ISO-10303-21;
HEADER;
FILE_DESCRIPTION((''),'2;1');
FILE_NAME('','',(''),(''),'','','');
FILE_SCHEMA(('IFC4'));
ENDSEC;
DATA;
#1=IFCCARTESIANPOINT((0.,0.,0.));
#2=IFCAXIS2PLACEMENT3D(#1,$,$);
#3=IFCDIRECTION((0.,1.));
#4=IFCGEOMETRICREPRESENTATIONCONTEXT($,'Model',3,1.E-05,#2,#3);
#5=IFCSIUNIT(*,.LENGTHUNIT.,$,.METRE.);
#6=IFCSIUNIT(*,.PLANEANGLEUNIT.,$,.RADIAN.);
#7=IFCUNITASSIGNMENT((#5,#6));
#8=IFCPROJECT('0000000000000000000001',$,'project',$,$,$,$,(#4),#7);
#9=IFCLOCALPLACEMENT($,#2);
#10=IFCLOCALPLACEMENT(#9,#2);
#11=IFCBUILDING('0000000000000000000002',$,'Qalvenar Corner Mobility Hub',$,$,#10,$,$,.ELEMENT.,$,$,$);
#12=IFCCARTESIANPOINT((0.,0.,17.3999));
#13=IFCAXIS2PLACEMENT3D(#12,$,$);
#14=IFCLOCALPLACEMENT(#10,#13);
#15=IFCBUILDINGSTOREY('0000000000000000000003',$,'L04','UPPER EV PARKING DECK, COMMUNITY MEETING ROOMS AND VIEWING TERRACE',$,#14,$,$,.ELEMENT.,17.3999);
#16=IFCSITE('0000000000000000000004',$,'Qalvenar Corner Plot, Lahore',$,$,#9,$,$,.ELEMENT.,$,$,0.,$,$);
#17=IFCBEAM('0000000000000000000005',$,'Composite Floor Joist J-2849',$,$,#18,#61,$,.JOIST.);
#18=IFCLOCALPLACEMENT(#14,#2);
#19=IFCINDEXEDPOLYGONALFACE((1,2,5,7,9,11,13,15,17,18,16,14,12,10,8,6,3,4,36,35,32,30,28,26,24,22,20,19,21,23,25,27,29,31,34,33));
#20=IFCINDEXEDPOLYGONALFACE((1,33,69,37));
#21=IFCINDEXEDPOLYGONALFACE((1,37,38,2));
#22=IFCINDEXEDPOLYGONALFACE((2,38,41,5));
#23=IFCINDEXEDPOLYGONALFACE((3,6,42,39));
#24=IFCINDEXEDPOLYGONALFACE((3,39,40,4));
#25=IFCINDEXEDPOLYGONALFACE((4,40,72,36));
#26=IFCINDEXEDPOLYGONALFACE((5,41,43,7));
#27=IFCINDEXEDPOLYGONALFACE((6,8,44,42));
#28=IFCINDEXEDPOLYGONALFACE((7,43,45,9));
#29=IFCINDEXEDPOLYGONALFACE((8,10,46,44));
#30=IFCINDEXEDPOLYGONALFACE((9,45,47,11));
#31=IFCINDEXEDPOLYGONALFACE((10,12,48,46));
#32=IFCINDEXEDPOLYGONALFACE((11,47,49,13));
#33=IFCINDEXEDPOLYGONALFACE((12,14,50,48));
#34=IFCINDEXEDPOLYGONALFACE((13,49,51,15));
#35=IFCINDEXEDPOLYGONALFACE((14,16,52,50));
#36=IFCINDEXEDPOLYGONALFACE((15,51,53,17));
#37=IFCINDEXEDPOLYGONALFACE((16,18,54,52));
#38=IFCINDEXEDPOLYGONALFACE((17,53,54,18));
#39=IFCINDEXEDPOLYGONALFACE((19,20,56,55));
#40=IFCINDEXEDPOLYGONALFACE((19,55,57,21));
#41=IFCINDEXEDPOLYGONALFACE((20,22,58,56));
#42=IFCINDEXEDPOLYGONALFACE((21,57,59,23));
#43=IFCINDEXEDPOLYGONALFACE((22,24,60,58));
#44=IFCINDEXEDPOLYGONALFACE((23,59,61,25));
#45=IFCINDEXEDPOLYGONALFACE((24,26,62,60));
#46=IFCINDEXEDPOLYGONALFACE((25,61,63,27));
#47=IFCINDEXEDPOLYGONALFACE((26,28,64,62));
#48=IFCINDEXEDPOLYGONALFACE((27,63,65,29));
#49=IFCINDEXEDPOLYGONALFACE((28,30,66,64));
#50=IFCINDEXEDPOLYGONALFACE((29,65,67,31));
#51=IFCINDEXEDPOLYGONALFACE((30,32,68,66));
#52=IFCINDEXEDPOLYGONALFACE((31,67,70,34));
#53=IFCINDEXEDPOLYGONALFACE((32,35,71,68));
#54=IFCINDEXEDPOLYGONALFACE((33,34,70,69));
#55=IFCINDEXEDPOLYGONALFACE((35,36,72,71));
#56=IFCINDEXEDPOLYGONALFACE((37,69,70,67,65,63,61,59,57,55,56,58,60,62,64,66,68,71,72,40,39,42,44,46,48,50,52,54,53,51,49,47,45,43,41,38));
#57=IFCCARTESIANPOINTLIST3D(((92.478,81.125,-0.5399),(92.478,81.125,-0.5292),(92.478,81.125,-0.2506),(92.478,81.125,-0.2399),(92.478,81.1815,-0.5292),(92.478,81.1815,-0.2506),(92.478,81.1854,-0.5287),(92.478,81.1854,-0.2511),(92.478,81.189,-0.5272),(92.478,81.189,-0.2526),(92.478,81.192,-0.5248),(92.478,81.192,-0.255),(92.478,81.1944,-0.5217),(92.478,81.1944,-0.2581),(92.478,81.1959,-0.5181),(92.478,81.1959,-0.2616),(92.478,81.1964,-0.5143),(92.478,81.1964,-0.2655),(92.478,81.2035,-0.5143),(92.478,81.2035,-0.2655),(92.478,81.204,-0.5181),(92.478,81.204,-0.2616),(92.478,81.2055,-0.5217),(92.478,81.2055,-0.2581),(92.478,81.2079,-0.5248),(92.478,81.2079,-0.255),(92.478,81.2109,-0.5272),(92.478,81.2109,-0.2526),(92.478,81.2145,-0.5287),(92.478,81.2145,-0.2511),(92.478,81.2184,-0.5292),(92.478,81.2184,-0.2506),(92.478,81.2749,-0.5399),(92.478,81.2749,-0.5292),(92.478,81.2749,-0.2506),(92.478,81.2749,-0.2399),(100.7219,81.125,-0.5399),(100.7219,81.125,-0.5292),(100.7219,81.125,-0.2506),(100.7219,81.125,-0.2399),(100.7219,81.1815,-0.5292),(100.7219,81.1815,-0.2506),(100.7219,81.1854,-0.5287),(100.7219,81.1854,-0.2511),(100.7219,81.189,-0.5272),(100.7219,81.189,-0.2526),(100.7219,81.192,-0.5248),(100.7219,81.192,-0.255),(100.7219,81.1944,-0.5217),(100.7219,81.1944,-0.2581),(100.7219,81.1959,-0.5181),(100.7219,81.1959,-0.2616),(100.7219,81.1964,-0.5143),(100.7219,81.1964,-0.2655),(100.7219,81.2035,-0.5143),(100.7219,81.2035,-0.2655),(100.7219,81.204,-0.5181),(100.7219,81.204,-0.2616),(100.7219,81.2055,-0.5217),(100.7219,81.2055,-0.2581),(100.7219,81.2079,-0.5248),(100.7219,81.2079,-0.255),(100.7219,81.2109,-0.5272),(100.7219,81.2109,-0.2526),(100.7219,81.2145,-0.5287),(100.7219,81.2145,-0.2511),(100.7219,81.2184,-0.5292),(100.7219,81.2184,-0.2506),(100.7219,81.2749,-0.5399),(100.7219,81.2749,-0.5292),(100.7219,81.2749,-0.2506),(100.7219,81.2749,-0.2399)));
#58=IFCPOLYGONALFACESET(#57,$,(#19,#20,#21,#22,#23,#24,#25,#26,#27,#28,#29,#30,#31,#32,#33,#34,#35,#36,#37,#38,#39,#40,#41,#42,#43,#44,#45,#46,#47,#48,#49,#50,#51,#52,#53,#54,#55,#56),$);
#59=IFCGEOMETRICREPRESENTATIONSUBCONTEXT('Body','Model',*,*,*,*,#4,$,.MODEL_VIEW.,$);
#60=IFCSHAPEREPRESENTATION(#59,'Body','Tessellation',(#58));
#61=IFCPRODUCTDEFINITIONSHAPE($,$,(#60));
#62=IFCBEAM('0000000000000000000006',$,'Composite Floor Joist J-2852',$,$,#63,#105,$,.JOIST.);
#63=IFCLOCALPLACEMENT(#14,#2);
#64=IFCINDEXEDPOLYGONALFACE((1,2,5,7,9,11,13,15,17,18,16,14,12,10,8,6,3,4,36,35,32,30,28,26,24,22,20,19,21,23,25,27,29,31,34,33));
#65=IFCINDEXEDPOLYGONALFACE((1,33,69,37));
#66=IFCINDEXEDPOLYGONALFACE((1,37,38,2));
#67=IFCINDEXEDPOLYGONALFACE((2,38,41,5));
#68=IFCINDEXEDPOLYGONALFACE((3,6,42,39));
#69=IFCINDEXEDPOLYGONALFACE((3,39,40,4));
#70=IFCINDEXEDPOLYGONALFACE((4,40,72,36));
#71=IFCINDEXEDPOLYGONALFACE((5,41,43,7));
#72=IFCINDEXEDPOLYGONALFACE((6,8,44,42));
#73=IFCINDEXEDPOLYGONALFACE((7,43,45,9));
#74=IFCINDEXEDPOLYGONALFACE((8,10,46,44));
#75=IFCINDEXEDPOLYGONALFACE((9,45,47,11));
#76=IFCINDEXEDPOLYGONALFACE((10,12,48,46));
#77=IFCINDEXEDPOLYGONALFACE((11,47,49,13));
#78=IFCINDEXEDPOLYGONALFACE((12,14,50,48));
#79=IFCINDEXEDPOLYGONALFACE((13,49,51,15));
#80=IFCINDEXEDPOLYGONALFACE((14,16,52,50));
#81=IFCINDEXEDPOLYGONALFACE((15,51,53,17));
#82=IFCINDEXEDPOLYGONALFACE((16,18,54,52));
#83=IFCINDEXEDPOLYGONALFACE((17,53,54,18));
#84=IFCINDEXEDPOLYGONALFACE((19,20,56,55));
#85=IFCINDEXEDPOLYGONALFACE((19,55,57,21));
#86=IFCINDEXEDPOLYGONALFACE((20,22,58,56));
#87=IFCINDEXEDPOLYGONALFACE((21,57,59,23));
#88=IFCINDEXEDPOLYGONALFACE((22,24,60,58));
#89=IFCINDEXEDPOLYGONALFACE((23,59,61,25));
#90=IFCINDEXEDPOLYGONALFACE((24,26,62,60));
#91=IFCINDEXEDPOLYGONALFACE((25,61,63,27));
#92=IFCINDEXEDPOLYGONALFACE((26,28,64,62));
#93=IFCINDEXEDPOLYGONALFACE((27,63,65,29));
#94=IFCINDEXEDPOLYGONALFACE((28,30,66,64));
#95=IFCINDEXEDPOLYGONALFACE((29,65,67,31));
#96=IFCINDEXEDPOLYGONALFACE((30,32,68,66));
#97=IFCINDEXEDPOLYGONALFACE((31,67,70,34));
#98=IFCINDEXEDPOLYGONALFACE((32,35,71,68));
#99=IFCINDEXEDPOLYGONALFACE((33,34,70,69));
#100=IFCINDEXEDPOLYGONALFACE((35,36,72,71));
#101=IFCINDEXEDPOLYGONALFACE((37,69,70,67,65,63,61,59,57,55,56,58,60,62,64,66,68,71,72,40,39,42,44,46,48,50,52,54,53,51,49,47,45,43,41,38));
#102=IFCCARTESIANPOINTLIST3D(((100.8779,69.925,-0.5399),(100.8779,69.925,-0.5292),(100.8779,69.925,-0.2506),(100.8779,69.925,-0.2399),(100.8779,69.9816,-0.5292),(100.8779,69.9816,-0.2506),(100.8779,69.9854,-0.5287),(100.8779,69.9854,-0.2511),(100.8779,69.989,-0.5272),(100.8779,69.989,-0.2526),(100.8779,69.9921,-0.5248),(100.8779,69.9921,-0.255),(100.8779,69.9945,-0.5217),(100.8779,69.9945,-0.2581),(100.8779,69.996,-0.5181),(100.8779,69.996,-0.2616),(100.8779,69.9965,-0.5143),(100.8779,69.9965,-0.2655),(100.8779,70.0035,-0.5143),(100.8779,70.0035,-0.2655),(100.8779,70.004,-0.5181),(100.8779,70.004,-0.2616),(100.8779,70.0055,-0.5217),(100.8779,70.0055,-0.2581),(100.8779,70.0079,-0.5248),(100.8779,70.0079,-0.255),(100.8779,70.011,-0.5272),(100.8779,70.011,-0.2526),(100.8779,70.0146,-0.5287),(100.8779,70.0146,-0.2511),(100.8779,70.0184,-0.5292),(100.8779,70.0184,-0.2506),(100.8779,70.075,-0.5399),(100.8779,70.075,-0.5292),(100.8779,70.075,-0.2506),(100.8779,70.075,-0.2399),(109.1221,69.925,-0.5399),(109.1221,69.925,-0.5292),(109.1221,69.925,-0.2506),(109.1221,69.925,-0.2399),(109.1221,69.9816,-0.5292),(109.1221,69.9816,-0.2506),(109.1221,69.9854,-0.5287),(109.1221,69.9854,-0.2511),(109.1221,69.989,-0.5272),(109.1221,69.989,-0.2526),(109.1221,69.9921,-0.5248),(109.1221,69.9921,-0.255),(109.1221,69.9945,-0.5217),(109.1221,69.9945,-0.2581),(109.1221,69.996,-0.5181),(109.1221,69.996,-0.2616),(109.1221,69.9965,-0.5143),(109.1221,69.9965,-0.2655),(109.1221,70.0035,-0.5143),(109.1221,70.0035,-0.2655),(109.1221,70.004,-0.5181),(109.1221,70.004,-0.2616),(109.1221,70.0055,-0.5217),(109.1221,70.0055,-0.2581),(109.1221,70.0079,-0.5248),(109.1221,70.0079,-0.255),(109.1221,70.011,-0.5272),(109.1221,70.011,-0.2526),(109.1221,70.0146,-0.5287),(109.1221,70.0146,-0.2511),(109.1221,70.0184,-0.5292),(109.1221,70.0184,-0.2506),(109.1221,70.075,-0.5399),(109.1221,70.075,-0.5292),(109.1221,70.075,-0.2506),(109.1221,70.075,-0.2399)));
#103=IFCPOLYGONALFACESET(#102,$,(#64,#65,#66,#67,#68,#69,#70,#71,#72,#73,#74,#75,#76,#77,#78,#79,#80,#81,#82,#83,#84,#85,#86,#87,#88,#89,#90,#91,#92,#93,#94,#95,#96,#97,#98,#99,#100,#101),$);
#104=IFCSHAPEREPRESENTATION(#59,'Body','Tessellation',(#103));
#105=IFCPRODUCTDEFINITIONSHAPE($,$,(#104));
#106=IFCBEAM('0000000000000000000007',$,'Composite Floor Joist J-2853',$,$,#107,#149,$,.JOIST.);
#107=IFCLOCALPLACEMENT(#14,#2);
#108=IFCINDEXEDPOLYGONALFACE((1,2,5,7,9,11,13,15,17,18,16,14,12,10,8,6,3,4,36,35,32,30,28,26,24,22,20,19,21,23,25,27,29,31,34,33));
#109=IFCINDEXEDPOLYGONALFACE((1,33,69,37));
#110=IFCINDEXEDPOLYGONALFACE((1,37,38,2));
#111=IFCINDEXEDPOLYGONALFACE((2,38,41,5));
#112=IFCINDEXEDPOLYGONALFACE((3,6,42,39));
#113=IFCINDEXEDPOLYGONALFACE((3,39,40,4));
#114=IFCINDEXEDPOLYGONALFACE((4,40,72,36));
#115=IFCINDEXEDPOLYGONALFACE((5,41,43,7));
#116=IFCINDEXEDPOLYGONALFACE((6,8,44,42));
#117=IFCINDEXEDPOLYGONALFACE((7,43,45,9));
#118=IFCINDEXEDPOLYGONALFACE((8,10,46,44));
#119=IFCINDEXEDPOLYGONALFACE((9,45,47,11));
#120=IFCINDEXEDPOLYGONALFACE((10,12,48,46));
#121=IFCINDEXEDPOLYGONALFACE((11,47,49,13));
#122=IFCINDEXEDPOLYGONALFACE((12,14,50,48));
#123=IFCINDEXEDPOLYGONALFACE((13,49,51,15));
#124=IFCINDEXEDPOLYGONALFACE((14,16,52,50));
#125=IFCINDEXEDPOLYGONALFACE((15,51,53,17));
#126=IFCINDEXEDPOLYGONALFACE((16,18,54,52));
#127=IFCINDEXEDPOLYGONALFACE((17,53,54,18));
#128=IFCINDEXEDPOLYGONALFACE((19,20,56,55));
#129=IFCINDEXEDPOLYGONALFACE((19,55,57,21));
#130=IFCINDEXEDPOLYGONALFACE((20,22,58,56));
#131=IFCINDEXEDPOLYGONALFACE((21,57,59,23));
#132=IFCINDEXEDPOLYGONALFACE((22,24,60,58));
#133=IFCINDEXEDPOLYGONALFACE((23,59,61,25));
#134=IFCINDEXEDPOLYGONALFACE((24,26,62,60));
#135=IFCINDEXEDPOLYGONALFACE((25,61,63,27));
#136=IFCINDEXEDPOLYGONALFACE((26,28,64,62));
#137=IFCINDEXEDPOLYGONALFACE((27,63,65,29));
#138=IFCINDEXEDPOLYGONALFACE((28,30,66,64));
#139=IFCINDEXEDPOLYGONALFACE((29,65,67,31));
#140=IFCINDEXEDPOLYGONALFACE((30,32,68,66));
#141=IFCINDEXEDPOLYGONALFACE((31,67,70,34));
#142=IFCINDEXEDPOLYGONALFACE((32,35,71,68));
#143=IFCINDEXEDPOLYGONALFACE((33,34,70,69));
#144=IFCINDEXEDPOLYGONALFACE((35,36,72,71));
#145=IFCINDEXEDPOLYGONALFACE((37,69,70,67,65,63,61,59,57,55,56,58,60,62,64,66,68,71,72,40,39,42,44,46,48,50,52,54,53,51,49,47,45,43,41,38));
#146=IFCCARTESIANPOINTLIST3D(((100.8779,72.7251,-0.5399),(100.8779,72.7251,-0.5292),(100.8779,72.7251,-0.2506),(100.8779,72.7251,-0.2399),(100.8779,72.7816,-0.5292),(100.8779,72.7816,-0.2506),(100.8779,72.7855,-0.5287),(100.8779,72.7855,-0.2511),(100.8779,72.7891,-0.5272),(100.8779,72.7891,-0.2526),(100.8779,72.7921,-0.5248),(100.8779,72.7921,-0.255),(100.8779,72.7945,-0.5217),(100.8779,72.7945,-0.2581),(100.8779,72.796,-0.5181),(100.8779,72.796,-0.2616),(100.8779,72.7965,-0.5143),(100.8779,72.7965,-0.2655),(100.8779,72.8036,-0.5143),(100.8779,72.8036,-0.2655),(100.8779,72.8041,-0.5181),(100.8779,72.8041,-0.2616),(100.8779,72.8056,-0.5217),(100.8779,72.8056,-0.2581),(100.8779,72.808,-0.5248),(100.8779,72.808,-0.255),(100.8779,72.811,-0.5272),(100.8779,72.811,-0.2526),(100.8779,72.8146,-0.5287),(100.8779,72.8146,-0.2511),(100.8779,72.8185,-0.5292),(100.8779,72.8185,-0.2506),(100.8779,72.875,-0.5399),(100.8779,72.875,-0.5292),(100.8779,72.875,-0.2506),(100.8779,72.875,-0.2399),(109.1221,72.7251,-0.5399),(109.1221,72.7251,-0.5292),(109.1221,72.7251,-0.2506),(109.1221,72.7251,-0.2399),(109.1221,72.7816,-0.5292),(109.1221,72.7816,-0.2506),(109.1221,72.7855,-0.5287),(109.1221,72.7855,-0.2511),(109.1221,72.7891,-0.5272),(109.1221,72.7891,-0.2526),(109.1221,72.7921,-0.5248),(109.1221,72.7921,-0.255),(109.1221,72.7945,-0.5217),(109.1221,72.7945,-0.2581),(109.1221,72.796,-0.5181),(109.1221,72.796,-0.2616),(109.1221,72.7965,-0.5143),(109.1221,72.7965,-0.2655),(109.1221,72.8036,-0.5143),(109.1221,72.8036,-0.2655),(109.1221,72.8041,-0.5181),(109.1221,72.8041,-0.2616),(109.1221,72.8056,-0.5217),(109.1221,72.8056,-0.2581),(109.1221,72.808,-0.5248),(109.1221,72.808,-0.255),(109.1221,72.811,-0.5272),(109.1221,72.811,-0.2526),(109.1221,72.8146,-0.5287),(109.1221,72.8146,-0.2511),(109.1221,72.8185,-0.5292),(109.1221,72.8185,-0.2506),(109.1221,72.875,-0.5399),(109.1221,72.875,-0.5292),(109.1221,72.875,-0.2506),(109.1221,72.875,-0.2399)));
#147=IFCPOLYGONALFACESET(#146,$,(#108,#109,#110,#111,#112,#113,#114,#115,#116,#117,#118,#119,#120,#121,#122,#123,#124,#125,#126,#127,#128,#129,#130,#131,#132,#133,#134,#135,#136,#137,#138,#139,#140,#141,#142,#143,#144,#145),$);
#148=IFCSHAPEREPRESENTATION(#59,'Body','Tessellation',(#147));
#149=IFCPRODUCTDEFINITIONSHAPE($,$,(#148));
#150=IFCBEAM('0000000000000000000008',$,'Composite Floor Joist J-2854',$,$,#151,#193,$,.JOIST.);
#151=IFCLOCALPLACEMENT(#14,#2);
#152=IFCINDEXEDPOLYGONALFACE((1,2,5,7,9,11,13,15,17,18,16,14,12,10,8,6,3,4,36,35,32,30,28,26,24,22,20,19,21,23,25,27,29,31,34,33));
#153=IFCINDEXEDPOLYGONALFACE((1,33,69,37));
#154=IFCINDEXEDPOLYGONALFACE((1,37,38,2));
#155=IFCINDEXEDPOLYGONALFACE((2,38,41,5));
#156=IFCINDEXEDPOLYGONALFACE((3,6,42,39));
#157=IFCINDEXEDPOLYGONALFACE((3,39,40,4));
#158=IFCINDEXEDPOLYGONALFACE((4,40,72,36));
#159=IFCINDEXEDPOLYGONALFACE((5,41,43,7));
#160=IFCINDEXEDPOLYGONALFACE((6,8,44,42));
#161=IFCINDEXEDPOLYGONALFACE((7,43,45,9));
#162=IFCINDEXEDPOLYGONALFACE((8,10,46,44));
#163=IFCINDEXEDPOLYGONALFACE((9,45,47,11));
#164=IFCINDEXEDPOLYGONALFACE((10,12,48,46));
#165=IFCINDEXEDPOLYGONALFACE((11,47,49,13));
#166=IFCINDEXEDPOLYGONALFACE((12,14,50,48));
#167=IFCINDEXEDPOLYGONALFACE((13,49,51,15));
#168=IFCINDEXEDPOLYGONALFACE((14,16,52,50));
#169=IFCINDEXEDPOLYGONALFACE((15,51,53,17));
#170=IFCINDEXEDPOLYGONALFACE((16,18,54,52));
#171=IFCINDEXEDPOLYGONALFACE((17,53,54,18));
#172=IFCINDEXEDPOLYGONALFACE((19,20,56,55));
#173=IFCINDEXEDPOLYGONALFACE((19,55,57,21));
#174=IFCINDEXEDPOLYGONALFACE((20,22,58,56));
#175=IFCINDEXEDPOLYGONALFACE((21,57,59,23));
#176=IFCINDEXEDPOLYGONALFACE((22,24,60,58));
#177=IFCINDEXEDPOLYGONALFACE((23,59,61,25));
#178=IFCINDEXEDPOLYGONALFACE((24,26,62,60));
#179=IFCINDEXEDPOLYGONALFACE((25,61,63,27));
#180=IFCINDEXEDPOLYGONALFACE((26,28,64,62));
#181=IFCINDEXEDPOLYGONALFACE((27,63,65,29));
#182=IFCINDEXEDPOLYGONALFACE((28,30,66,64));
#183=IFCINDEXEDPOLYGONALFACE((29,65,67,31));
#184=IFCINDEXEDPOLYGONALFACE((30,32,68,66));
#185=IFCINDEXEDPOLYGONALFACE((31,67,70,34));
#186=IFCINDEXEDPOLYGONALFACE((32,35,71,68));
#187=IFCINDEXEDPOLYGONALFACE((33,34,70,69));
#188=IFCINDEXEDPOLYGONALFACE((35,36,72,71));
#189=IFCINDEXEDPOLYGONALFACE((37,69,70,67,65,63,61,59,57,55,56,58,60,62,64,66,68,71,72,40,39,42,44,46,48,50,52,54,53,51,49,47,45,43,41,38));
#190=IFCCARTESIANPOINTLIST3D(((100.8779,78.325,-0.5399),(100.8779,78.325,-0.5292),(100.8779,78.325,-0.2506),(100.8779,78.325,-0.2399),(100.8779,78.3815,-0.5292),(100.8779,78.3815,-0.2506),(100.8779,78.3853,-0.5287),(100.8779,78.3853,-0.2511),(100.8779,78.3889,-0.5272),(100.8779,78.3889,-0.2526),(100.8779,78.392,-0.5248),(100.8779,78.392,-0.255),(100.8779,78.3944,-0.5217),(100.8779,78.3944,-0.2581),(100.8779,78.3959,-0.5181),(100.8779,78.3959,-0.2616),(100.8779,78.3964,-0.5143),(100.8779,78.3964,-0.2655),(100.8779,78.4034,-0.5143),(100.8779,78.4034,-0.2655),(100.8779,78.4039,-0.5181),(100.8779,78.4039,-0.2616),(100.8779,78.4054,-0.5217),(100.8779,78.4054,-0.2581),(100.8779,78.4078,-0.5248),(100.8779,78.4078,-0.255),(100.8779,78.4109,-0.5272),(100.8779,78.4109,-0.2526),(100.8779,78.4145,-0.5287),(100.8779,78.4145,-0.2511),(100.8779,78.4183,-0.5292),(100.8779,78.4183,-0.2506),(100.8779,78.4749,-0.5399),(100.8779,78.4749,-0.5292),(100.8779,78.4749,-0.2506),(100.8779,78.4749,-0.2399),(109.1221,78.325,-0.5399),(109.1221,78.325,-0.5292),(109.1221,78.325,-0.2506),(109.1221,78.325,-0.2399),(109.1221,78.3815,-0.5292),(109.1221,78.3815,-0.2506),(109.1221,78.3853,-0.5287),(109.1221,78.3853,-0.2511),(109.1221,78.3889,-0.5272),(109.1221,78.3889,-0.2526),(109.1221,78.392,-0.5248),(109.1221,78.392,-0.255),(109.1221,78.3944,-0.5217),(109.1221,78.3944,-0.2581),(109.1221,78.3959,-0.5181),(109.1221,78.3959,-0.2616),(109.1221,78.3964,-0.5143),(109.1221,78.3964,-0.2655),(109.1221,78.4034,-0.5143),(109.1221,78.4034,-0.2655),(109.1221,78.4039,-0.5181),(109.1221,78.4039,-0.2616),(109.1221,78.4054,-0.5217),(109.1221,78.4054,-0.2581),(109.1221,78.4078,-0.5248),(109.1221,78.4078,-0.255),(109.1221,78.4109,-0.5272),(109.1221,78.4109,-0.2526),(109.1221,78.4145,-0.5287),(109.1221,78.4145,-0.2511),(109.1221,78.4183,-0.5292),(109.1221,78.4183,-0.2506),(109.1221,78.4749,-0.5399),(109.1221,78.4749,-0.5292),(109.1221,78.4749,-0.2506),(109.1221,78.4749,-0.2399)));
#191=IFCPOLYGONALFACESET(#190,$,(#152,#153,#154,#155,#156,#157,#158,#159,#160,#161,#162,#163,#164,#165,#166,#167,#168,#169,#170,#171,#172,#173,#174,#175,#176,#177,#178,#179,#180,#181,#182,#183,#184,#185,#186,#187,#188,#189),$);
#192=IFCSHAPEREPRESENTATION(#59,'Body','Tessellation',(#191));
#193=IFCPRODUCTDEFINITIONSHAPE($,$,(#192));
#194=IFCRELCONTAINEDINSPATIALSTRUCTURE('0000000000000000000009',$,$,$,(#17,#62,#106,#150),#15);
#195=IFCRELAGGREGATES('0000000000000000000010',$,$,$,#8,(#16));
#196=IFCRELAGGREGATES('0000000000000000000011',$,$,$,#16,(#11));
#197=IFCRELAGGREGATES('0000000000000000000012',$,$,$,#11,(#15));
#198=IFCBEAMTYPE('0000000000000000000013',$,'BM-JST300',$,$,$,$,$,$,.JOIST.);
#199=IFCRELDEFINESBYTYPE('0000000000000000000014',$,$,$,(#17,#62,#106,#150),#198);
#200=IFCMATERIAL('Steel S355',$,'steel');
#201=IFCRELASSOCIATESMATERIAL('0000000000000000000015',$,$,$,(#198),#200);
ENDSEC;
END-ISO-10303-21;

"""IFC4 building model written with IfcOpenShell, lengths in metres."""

from ifc_helpers import new_model, si_unit, direction, frame, origin, origin_2d, place, context, subcontext, project, spatial, i_section, extrude, material, material_profile, profile_set, type_object, element, save


model = new_model("IFC4")

# Units and contexts
model_context = context("Model", 3, precision=1e-05, world=origin(), true_north=direction((0.0, 1.0)))
body_context = subcontext(model_context, "Body", "Model", "MODEL_VIEW")
ifc_project = project(units=[si_unit("LENGTHUNIT", "METRE"), si_unit("PLANEANGLEUNIT", "RADIAN")], contexts=[model_context])

# Site, building, storey
site_placement = place(None, origin())
site = spatial("IfcSite", under=ifc_project, at=site_placement, Name="Qalvenar Corner Plot, Lahore", CompositionType="ELEMENT", RefElevation=0.0)
building_placement = place(site_placement, origin())
building = spatial("IfcBuilding", under=site, at=building_placement, Name="Qalvenar Corner Mobility Hub", CompositionType="ELEMENT")
storey_placement = place(building_placement, frame((0.0, 0.0, 17.3999)))
storey = spatial("IfcBuildingStorey", under=building, at=storey_placement, Name="L04", Description="UPPER EV PARKING DECK, COMMUNITY MEETING ROOMS AND VIEWING TERRACE", CompositionType="ELEMENT", Elevation=17.3999)

# Shared definitions
ifc_material_1 = material(Name="Steel S355", Category="steel")

# Beams
ifc_material_profile_1 = material_profile(ifc_material_1, i_section(OverallWidth=0.1499, OverallDepth=0.3, WebThickness=0.0071, FlangeThickness=0.0107, FilletRadius=0.0149, at=origin_2d()), Name="IPE300")
ifc_profile_set_1 = profile_set([ifc_material_profile_1], Name="Steel S355")
beam_type_1 = type_object("IfcBeamType", Name="BM-JST300", PredefinedType="JOIST", material=ifc_profile_set_1)
for number, where, z_axis, x_axis, name in (
    (1, (92.478, 81.2, -0.3899), (1.0, 0.0, 0.0), (0.0, 1.0, 0.0), "Composite Floor Joist J-2849"),
):
    element("IfcBeam", number, at=place(storey_placement, frame(where, z_axis=z_axis, x_axis=x_axis)), inside=storey, type_object=beam_type_1, Name=name, PredefinedType="JOIST", context=body_context, shape_type="SweptSolid", body=[
        extrude(i_section(OverallWidth=0.1499, OverallDepth=0.3, WebThickness=0.0071, FlangeThickness=0.0107, FilletRadius=0.0149, at=origin_2d()), origin(), (0.0, 0.0, 1.0), 8.2439),
    ])
for number, where, z_axis, x_axis, name in (
    (2, (100.8779, 70.0, -0.3899), (1.0, 0.0, 0.0), (0.0, 1.0, 0.0), "Composite Floor Joist J-2852"),
    (3, (100.8779, 72.8, -0.3899), (1.0, 0.0, 0.0), (0.0, 1.0, 0.0), "Composite Floor Joist J-2853"),
    (4, (100.8779, 78.3999, -0.3899), (1.0, 0.0, 0.0), (0.0, 1.0, 0.0), "Composite Floor Joist J-2854"),
):
    element("IfcBeam", number, at=place(storey_placement, frame(where, z_axis=z_axis, x_axis=x_axis)), inside=storey, type_object=beam_type_1, Name=name, PredefinedType="JOIST", context=body_context, shape_type="SweptSolid", body=[
        extrude(i_section(OverallWidth=0.1499, OverallDepth=0.3, WebThickness=0.0071, FlangeThickness=0.0107, FilletRadius=0.0149, at=origin_2d()), origin(), (0.0, 0.0, 1.0), 8.2441),
    ])

save(model, "model.ifc")
